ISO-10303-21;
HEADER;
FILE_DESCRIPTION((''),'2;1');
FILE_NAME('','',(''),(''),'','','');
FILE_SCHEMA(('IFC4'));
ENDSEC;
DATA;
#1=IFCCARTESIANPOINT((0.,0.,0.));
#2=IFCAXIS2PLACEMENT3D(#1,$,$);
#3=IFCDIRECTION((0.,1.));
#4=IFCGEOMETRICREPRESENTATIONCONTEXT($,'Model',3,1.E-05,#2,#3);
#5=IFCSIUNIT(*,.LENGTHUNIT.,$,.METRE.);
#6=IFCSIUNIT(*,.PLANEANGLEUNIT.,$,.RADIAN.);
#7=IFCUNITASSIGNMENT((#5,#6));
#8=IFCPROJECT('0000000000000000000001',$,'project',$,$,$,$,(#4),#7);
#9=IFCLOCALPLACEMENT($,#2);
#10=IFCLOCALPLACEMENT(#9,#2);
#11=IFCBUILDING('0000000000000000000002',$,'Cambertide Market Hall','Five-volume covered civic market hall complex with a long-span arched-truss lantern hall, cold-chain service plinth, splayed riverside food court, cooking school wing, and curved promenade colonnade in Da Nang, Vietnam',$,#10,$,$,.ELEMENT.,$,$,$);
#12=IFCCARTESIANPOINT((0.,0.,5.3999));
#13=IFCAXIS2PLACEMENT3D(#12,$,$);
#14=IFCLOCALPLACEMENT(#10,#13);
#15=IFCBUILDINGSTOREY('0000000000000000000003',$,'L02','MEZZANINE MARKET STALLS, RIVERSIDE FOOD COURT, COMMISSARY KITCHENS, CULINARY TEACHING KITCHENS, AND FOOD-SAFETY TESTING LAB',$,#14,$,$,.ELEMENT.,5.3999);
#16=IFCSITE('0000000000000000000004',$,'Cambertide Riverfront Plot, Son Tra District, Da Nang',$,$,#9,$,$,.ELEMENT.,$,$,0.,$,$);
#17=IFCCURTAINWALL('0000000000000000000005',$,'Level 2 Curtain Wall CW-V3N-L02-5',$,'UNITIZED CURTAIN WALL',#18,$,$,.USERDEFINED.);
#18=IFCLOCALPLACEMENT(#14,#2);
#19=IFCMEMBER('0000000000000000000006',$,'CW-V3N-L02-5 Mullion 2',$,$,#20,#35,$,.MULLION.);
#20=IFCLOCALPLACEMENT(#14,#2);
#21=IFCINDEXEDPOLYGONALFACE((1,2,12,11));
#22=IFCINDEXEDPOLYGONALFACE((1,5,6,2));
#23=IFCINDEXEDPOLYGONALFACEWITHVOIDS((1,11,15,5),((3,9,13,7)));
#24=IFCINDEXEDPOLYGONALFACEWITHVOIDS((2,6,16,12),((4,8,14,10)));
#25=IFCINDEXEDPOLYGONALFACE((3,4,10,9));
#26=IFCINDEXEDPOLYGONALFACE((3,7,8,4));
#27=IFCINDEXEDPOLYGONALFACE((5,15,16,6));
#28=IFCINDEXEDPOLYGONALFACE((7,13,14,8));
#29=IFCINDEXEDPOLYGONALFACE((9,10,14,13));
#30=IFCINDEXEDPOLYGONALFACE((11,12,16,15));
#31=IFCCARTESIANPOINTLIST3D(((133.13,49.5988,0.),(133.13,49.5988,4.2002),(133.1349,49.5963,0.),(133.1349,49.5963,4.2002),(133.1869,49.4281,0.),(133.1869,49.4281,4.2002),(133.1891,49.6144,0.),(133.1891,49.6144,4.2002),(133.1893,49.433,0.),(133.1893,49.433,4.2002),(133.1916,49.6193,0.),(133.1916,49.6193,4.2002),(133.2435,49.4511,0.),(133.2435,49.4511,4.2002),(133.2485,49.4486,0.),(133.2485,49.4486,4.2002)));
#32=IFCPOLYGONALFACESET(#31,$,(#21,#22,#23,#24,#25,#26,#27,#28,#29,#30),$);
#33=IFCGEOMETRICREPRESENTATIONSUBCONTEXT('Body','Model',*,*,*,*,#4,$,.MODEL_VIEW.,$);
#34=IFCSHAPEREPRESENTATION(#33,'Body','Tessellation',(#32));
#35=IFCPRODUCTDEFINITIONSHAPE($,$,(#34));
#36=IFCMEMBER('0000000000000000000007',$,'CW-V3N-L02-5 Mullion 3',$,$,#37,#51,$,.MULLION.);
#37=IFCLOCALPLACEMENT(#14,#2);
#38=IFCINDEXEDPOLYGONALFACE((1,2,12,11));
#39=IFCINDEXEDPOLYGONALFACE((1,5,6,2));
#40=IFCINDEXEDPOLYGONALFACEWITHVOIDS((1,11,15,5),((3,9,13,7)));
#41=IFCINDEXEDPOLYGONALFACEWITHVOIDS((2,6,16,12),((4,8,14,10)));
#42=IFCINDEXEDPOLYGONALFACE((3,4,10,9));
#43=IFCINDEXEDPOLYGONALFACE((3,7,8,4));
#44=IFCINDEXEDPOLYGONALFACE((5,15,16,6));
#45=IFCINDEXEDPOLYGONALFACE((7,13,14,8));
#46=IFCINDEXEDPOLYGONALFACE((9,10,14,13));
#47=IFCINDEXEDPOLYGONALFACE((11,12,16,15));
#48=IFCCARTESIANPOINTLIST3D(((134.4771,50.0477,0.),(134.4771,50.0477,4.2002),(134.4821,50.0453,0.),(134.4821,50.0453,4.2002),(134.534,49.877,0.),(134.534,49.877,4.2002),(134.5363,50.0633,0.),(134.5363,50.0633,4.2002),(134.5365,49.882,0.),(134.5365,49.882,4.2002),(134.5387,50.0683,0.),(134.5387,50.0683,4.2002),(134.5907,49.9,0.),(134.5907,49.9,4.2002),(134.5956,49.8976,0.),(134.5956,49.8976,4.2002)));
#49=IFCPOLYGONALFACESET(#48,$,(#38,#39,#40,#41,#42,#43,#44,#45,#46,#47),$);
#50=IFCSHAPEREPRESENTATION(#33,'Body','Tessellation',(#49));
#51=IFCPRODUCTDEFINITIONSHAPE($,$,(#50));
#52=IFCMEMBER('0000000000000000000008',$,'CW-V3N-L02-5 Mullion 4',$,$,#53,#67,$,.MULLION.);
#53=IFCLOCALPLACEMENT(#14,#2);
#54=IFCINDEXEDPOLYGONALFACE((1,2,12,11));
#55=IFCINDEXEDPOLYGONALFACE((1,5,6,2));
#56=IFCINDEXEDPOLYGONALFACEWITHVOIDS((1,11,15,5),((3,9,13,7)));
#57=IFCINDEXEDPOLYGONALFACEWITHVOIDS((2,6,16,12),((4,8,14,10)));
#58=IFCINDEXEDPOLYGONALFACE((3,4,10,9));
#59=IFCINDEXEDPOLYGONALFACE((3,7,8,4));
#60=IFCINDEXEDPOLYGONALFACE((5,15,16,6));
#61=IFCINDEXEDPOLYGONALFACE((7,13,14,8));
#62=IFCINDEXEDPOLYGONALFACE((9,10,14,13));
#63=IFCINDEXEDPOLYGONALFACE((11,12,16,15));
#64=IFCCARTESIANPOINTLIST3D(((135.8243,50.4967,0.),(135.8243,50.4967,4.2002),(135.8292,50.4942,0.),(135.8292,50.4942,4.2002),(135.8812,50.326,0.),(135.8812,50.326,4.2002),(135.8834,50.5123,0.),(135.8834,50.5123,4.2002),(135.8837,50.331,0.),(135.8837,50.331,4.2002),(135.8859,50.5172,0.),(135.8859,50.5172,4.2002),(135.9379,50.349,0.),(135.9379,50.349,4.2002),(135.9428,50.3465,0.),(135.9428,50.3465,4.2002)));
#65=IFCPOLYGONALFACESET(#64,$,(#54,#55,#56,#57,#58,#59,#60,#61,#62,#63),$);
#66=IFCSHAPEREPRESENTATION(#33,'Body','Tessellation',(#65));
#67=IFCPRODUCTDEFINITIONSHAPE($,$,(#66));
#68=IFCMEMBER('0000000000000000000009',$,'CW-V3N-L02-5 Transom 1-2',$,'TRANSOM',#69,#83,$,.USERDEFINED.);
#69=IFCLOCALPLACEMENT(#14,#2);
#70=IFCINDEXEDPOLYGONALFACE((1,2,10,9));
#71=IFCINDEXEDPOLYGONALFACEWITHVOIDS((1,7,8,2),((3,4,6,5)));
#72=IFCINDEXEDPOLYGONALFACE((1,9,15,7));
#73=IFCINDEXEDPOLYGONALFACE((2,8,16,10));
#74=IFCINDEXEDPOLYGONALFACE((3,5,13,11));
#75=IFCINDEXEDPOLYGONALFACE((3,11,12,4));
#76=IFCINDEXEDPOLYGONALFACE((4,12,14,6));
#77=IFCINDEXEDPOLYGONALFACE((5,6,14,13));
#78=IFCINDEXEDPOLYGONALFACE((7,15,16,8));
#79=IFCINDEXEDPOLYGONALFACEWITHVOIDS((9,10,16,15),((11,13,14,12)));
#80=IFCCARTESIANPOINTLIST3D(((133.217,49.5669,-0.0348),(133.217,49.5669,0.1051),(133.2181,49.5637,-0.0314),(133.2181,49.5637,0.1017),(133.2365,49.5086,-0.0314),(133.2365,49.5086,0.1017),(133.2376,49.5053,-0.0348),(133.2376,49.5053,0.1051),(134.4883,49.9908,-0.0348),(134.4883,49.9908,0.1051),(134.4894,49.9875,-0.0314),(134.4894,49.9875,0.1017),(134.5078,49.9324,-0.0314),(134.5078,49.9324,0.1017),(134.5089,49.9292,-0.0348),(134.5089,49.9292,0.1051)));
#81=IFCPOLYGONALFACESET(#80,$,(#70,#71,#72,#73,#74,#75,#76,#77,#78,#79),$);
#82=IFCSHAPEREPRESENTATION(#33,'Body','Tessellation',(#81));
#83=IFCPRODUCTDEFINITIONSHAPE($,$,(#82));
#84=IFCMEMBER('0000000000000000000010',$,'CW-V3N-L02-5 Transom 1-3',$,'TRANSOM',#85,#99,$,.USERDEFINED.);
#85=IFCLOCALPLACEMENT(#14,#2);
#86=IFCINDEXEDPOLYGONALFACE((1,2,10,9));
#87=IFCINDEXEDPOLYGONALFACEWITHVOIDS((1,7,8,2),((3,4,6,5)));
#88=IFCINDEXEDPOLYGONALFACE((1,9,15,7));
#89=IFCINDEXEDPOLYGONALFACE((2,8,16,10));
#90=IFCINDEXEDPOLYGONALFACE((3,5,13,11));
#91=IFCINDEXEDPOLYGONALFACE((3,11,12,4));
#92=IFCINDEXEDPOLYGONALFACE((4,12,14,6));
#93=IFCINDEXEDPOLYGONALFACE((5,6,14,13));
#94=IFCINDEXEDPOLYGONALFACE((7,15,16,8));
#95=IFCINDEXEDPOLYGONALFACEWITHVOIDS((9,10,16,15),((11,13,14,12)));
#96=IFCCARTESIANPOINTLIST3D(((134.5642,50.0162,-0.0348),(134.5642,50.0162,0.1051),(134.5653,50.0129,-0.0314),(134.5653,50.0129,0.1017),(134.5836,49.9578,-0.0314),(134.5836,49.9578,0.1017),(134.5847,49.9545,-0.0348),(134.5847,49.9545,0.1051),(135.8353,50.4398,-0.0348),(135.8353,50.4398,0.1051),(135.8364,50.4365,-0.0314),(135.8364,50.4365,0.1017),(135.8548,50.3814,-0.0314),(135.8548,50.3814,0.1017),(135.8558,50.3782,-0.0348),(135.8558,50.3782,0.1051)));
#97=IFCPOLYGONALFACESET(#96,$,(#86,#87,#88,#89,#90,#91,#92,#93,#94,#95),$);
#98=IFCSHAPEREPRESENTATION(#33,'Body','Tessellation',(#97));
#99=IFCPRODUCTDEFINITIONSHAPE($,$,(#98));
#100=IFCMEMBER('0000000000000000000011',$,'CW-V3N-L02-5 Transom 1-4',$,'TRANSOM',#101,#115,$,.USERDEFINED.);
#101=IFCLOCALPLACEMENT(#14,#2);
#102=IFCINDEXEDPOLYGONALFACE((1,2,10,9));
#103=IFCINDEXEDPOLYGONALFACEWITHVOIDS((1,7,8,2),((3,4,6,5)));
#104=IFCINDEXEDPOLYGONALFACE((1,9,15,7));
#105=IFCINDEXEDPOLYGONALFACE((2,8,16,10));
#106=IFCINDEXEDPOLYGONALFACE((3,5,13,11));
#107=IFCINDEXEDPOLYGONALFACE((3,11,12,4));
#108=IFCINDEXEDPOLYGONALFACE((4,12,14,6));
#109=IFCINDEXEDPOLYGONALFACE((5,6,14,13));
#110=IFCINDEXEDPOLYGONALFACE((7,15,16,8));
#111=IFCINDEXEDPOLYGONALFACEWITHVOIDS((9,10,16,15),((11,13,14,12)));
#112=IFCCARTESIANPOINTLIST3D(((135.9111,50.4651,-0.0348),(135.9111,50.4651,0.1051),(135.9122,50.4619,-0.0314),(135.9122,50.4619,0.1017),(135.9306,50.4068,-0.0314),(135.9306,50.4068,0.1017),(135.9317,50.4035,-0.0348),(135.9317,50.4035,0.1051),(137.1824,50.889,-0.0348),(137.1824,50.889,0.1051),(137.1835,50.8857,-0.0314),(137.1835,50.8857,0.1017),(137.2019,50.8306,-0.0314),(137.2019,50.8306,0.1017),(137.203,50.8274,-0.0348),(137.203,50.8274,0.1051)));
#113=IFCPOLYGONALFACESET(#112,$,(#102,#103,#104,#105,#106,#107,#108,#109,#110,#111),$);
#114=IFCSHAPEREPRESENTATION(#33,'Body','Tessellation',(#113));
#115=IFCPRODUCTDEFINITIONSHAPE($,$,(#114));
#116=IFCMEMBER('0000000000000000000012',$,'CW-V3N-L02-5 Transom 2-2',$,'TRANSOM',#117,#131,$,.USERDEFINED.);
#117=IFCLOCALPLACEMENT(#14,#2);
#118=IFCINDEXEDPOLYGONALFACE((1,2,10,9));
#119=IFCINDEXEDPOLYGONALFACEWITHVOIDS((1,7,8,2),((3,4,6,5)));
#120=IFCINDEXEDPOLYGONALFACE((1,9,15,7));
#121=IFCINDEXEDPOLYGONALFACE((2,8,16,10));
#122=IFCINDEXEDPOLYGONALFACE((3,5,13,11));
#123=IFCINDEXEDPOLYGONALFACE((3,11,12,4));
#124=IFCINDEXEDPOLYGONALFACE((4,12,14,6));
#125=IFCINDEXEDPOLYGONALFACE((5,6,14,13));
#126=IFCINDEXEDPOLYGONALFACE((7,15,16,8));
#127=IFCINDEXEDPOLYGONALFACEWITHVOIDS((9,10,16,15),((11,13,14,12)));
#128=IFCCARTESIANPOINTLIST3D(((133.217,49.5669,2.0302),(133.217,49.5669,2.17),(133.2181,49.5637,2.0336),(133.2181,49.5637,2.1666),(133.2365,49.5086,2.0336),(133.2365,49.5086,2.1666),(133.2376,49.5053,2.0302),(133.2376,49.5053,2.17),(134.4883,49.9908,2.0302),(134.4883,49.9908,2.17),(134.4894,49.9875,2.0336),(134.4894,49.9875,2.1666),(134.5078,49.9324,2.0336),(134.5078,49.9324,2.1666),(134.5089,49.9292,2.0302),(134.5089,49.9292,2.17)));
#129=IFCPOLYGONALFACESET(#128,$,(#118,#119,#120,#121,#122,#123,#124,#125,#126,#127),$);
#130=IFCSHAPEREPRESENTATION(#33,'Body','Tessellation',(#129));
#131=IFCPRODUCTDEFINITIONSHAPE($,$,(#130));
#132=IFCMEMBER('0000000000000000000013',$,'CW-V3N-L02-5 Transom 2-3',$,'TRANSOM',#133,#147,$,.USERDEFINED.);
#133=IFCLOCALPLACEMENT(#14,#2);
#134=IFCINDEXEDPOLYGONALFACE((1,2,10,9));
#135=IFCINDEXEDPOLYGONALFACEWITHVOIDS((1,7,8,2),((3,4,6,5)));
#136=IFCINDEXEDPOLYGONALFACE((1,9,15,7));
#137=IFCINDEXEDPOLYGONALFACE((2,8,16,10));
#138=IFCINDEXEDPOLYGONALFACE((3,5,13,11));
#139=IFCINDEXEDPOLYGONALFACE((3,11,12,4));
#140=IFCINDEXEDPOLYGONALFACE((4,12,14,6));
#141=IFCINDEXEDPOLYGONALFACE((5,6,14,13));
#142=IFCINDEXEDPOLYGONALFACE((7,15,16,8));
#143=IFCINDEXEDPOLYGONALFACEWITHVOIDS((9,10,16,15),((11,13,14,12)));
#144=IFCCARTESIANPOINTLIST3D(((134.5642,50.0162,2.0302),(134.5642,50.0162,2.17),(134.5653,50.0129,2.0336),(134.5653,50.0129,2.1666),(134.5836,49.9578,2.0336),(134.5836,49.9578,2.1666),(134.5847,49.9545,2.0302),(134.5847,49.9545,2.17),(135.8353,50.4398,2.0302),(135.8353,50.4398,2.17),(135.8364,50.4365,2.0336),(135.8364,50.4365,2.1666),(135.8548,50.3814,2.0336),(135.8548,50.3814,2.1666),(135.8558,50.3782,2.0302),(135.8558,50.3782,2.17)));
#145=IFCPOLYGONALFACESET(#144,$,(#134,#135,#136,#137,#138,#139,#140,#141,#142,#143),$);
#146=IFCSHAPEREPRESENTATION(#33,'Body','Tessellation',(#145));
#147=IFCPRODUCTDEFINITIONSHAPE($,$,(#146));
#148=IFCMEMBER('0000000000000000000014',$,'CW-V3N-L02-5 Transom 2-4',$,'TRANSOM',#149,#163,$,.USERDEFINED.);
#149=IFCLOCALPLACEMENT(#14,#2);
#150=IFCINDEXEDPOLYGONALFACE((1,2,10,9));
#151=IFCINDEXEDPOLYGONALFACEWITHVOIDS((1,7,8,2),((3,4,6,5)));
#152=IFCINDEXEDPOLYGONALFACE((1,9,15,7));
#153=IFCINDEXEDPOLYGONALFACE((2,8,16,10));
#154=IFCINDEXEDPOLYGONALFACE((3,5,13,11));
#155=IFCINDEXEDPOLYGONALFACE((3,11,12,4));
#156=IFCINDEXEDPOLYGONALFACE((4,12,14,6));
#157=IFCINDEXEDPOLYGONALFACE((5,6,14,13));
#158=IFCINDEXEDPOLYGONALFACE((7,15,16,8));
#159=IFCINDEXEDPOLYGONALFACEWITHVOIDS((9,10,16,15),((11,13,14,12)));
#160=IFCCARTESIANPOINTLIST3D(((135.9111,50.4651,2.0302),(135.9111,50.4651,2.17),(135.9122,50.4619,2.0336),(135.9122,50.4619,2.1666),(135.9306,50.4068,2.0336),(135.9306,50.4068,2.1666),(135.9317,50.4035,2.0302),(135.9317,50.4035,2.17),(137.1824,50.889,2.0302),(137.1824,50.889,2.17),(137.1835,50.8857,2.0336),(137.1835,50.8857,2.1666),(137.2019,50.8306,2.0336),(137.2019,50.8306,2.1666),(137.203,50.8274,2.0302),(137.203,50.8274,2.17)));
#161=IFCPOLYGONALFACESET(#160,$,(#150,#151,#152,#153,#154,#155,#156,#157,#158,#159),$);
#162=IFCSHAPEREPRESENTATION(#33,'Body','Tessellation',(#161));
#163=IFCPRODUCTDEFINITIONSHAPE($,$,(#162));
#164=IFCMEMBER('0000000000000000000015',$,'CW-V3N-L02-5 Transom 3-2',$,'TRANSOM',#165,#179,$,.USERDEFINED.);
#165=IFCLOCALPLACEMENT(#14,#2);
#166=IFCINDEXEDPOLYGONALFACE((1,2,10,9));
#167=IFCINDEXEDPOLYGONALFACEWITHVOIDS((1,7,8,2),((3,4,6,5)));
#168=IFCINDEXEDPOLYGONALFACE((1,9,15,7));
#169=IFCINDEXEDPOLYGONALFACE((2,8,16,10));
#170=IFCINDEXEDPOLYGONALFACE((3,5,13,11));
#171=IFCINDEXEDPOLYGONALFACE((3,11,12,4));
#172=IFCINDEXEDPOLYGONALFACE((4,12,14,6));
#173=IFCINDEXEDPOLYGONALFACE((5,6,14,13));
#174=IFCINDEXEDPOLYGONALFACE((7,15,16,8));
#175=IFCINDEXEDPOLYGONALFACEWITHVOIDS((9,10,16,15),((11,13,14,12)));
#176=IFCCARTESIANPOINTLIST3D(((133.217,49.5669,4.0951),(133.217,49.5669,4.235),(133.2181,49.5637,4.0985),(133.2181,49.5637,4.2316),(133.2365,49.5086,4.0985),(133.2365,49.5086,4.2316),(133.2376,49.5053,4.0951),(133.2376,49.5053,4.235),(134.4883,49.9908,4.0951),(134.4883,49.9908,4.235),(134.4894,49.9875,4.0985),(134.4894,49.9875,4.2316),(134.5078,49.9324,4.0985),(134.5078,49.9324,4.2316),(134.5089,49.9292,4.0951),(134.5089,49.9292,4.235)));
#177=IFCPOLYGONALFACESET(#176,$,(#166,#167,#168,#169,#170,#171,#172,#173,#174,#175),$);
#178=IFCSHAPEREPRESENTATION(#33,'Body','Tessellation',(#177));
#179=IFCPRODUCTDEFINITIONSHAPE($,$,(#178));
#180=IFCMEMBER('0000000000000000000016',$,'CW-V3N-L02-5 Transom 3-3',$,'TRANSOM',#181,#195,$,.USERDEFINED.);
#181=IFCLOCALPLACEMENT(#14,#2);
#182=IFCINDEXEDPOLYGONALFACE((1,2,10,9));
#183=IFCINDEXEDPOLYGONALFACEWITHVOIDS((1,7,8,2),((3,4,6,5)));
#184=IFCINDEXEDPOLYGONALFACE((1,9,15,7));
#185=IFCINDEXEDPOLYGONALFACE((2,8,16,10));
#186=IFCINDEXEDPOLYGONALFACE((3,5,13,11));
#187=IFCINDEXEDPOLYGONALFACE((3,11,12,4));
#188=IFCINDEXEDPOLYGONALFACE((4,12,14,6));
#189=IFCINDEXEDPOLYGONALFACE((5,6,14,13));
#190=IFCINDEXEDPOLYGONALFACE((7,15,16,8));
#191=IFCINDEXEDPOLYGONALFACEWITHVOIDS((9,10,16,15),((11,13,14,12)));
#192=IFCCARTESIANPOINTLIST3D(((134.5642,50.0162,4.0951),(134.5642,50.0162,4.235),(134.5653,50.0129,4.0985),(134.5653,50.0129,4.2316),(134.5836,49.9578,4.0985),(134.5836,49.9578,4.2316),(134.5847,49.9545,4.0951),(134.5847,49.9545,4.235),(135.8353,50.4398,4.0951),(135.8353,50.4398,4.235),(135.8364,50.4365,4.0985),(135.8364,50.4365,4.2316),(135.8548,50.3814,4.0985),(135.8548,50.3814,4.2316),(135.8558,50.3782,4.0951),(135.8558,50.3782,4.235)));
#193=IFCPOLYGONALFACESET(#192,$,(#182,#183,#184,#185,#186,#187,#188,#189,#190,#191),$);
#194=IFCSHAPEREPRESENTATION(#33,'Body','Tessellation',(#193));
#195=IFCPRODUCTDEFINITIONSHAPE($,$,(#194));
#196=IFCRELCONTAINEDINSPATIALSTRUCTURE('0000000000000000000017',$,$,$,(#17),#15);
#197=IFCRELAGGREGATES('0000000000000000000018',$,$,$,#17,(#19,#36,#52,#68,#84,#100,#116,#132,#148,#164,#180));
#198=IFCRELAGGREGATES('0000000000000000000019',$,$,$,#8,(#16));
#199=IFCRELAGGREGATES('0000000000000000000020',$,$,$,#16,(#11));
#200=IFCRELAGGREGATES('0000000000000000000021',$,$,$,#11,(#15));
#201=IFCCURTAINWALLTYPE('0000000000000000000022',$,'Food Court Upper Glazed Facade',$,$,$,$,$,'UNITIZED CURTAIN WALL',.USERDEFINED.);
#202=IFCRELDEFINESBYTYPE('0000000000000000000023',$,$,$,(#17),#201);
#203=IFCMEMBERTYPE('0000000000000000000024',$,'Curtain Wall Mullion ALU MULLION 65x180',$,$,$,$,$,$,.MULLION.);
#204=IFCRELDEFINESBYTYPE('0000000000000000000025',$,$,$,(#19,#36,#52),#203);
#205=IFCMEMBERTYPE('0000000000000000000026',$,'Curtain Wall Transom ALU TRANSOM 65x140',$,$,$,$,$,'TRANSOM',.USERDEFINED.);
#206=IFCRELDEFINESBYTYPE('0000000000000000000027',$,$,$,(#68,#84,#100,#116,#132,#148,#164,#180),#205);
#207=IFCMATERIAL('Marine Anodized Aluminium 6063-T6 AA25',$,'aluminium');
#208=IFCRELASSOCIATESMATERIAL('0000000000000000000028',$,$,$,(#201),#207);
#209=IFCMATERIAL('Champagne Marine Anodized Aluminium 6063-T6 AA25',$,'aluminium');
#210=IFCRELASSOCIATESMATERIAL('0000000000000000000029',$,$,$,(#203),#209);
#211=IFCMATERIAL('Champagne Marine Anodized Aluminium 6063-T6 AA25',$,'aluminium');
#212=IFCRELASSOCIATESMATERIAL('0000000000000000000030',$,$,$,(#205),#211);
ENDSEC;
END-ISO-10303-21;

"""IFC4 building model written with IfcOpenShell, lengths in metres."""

from ifc_helpers import new_model, si_unit, direction, frame, origin, origin_2d, place, context, subcontext, project, spatial, hollow_rectangle, extrude, material, material_profile, profile_set, type_object, element, aggregate, save


model = new_model("IFC4")

# Units and contexts
model_context = context("Model", 3, precision=1e-05, world=origin(), true_north=direction((0.0, 1.0)))
body_context = subcontext(model_context, "Body", "Model", "MODEL_VIEW")
ifc_project = project(units=[si_unit("LENGTHUNIT", "METRE"), si_unit("PLANEANGLEUNIT", "RADIAN")], contexts=[model_context])

# Site, building, storey
site_placement = place(None, origin())
site = spatial("IfcSite", under=ifc_project, at=site_placement, Name="Cambertide Riverfront Plot, Son Tra District, Da Nang", CompositionType="ELEMENT", RefElevation=0.0)
building_placement = place(site_placement, origin())
building = spatial("IfcBuilding", under=site, at=building_placement, Name="Cambertide Market Hall", Description="Five-volume covered civic market hall complex with a long-span arched-truss lantern hall, cold-chain service plinth, splayed riverside food court, cooking school wing, and curved promenade colonnade in Da Nang, Vietnam", CompositionType="ELEMENT")
storey_placement = place(building_placement, frame((0.0, 0.0, 5.3999)))
storey = spatial("IfcBuildingStorey", under=building, at=storey_placement, Name="L02", Description="MEZZANINE MARKET STALLS, RIVERSIDE FOOD COURT, COMMISSARY KITCHENS, CULINARY TEACHING KITCHENS, AND FOOD-SAFETY TESTING LAB", CompositionType="ELEMENT", Elevation=5.3999)

# Curtain wall, members
ifc_material_1 = material(Name="Marine Anodized Aluminium 6063-T6 AA25", Category="aluminium")
curtain_wall_type = type_object("IfcCurtainWallType", Name="Food Court Upper Glazed Facade", ElementType="UNITIZED CURTAIN WALL", PredefinedType="USERDEFINED", material=ifc_material_1)
curtain_wall_placement = place(storey_placement, origin())
curtain_wall = element("IfcCurtainWall", 1, at=curtain_wall_placement, inside=storey, type_object=curtain_wall_type, Name="Level 2 Curtain Wall CW-V3N-L02-5", ObjectType="UNITIZED CURTAIN WALL", PredefinedType="USERDEFINED")
ifc_material_2 = material(Name="Champagne Marine Anodized Aluminium 6063-T6 AA25", Category="aluminium")
ifc_material_profile_1 = material_profile(ifc_material_2, hollow_rectangle(XDim=0.0649, YDim=0.1799, WallThickness=0.0039, at=origin_2d()), Name="ALU MULLION 65x180")
ifc_profile_set_1 = profile_set([ifc_material_profile_1], Name="Champagne Marine Anodized Aluminium 6063-T6 AA25")
member_type_1 = type_object("IfcMemberType", Name="Curtain Wall Mullion ALU MULLION 65x180", PredefinedType="MULLION", material=ifc_profile_set_1)
member_1_placement = place(storey_placement, frame((133.1892, 49.5237, 0.0), z_axis=(0.0, 0.0, 1.0), x_axis=(0.948683, 0.316228, 0.0)))
member_1 = element("IfcMember", 2, at=member_1_placement, type_object=member_type_1, Name="CW-V3N-L02-5 Mullion 2", PredefinedType="MULLION", context=body_context, shape_type="SweptSolid", body=[
    extrude(hollow_rectangle(XDim=0.0649, YDim=0.1799, WallThickness=0.0039, at=origin_2d()), origin(), (0.0, 0.0, 1.0), 4.2002),
])
member_2_placement = place(storey_placement, frame((134.5364, 49.9727, 0.0), z_axis=(0.0, 0.0, 1.0), x_axis=(0.948683, 0.316228, 0.0)))
member_2 = element("IfcMember", 3, at=member_2_placement, type_object=member_type_1, Name="CW-V3N-L02-5 Mullion 3", PredefinedType="MULLION", context=body_context, shape_type="SweptSolid", body=[
    extrude(hollow_rectangle(XDim=0.0649, YDim=0.1799, WallThickness=0.0039, at=origin_2d()), origin(), (0.0, 0.0, 1.0), 4.2002),
])
member_3_placement = place(storey_placement, frame((135.8835, 50.4216, 0.0), z_axis=(0.0, 0.0, 1.0), x_axis=(0.948683, 0.316228, 0.0)))
member_3 = element("IfcMember", 4, at=member_3_placement, type_object=member_type_1, Name="CW-V3N-L02-5 Mullion 4", PredefinedType="MULLION", context=body_context, shape_type="SweptSolid", body=[
    extrude(hollow_rectangle(XDim=0.0649, YDim=0.1799, WallThickness=0.0039, at=origin_2d()), origin(), (0.0, 0.0, 1.0), 4.2002),
])
ifc_material_3 = material(Name="Champagne Marine Anodized Aluminium 6063-T6 AA25", Category="aluminium")
ifc_material_profile_2 = material_profile(ifc_material_3, hollow_rectangle(XDim=0.0649, YDim=0.1399, WallThickness=0.0034, at=origin_2d()), Name="ALU TRANSOM 65x140")
ifc_profile_set_2 = profile_set([ifc_material_profile_2], Name="Champagne Marine Anodized Aluminium 6063-T6 AA25")
member_type_2 = type_object("IfcMemberType", Name="Curtain Wall Transom ALU TRANSOM 65x140", ElementType="TRANSOM", PredefinedType="USERDEFINED", material=ifc_profile_set_2)
member_4_placement = place(storey_placement, frame((133.2273, 49.5361, 0.0352), z_axis=(0.948665, 0.316282, 0.0), x_axis=(-0.316282, 0.948665, 0.0)))
member_4 = element("IfcMember", 5, at=member_4_placement, type_object=member_type_2, Name="CW-V3N-L02-5 Transom 1-2", ObjectType="TRANSOM", PredefinedType="USERDEFINED", context=body_context, shape_type="SweptSolid", body=[
    extrude(hollow_rectangle(XDim=0.0649, YDim=0.1399, WallThickness=0.0034, at=origin_2d()), origin(), (0.0, 0.0, 1.0), 1.3401),
])
member_5_placement = place(storey_placement, frame((134.5745, 49.9854, 0.0352), z_axis=(0.948702, 0.316173, 0.0), x_axis=(-0.316173, 0.948702, 0.0)))
member_5 = element("IfcMember", 6, at=member_5_placement, type_object=member_type_2, Name="CW-V3N-L02-5 Transom 1-3", ObjectType="TRANSOM", PredefinedType="USERDEFINED", context=body_context, shape_type="SweptSolid", body=[
    extrude(hollow_rectangle(XDim=0.0649, YDim=0.1399, WallThickness=0.0034, at=origin_2d()), origin(), (0.0, 0.0, 1.0), 1.3398),
])
member_6_placement = place(storey_placement, frame((135.9214, 50.4343, 0.0352), z_axis=(0.948665, 0.316282, 0.0), x_axis=(-0.316282, 0.948665, 0.0)))
member_6 = element("IfcMember", 7, at=member_6_placement, type_object=member_type_2, Name="CW-V3N-L02-5 Transom 1-4", ObjectType="TRANSOM", PredefinedType="USERDEFINED", context=body_context, shape_type="SweptSolid", body=[
    extrude(hollow_rectangle(XDim=0.0649, YDim=0.1399, WallThickness=0.0034, at=origin_2d()), origin(), (0.0, 0.0, 1.0), 1.3401),
])
member_7_placement = place(storey_placement, frame((133.2273, 49.5361, 2.1001), z_axis=(0.948665, 0.316282, 0.0), x_axis=(-0.316282, 0.948665, 0.0)))
member_7 = element("IfcMember", 8, at=member_7_placement, type_object=member_type_2, Name="CW-V3N-L02-5 Transom 2-2", ObjectType="TRANSOM", PredefinedType="USERDEFINED", context=body_context, shape_type="SweptSolid", body=[
    extrude(hollow_rectangle(XDim=0.0649, YDim=0.1399, WallThickness=0.0034, at=origin_2d()), origin(), (0.0, 0.0, 1.0), 1.3401),
])
member_8_placement = place(storey_placement, frame((134.5745, 49.9854, 2.1001), z_axis=(0.948702, 0.316173, 0.0), x_axis=(-0.316173, 0.948702, 0.0)))
member_8 = element("IfcMember", 9, at=member_8_placement, type_object=member_type_2, Name="CW-V3N-L02-5 Transom 2-3", ObjectType="TRANSOM", PredefinedType="USERDEFINED", context=body_context, shape_type="SweptSolid", body=[
    extrude(hollow_rectangle(XDim=0.0649, YDim=0.1399, WallThickness=0.0034, at=origin_2d()), origin(), (0.0, 0.0, 1.0), 1.3398),
])
member_9_placement = place(storey_placement, frame((135.9214, 50.4343, 2.1001), z_axis=(0.948665, 0.316282, 0.0), x_axis=(-0.316282, 0.948665, 0.0)))
member_9 = element("IfcMember", 10, at=member_9_placement, type_object=member_type_2, Name="CW-V3N-L02-5 Transom 2-4", ObjectType="TRANSOM", PredefinedType="USERDEFINED", context=body_context, shape_type="SweptSolid", body=[
    extrude(hollow_rectangle(XDim=0.0649, YDim=0.1399, WallThickness=0.0034, at=origin_2d()), origin(), (0.0, 0.0, 1.0), 1.3401),
])
member_10_placement = place(storey_placement, frame((133.2273, 49.5361, 4.165), z_axis=(0.948665, 0.316282, 0.0), x_axis=(-0.316282, 0.948665, 0.0)))
member_10 = element("IfcMember", 11, at=member_10_placement, type_object=member_type_2, Name="CW-V3N-L02-5 Transom 3-2", ObjectType="TRANSOM", PredefinedType="USERDEFINED", context=body_context, shape_type="SweptSolid", body=[
    extrude(hollow_rectangle(XDim=0.0649, YDim=0.1399, WallThickness=0.0034, at=origin_2d()), origin(), (0.0, 0.0, 1.0), 1.3401),
])
member_11_placement = place(storey_placement, frame((134.5745, 49.9854, 4.165), z_axis=(0.948702, 0.316173, 0.0), x_axis=(-0.316173, 0.948702, 0.0)))
member_11 = element("IfcMember", 12, at=member_11_placement, type_object=member_type_2, Name="CW-V3N-L02-5 Transom 3-3", ObjectType="TRANSOM", PredefinedType="USERDEFINED", context=body_context, shape_type="SweptSolid", body=[
    extrude(hollow_rectangle(XDim=0.0649, YDim=0.1399, WallThickness=0.0034, at=origin_2d()), origin(), (0.0, 0.0, 1.0), 1.3398),
])
aggregate(curtain_wall, [member_1, member_2, member_3, member_4, member_5, member_6, member_7, member_8, member_9, member_10, member_11])

save(model, "model.ifc")
